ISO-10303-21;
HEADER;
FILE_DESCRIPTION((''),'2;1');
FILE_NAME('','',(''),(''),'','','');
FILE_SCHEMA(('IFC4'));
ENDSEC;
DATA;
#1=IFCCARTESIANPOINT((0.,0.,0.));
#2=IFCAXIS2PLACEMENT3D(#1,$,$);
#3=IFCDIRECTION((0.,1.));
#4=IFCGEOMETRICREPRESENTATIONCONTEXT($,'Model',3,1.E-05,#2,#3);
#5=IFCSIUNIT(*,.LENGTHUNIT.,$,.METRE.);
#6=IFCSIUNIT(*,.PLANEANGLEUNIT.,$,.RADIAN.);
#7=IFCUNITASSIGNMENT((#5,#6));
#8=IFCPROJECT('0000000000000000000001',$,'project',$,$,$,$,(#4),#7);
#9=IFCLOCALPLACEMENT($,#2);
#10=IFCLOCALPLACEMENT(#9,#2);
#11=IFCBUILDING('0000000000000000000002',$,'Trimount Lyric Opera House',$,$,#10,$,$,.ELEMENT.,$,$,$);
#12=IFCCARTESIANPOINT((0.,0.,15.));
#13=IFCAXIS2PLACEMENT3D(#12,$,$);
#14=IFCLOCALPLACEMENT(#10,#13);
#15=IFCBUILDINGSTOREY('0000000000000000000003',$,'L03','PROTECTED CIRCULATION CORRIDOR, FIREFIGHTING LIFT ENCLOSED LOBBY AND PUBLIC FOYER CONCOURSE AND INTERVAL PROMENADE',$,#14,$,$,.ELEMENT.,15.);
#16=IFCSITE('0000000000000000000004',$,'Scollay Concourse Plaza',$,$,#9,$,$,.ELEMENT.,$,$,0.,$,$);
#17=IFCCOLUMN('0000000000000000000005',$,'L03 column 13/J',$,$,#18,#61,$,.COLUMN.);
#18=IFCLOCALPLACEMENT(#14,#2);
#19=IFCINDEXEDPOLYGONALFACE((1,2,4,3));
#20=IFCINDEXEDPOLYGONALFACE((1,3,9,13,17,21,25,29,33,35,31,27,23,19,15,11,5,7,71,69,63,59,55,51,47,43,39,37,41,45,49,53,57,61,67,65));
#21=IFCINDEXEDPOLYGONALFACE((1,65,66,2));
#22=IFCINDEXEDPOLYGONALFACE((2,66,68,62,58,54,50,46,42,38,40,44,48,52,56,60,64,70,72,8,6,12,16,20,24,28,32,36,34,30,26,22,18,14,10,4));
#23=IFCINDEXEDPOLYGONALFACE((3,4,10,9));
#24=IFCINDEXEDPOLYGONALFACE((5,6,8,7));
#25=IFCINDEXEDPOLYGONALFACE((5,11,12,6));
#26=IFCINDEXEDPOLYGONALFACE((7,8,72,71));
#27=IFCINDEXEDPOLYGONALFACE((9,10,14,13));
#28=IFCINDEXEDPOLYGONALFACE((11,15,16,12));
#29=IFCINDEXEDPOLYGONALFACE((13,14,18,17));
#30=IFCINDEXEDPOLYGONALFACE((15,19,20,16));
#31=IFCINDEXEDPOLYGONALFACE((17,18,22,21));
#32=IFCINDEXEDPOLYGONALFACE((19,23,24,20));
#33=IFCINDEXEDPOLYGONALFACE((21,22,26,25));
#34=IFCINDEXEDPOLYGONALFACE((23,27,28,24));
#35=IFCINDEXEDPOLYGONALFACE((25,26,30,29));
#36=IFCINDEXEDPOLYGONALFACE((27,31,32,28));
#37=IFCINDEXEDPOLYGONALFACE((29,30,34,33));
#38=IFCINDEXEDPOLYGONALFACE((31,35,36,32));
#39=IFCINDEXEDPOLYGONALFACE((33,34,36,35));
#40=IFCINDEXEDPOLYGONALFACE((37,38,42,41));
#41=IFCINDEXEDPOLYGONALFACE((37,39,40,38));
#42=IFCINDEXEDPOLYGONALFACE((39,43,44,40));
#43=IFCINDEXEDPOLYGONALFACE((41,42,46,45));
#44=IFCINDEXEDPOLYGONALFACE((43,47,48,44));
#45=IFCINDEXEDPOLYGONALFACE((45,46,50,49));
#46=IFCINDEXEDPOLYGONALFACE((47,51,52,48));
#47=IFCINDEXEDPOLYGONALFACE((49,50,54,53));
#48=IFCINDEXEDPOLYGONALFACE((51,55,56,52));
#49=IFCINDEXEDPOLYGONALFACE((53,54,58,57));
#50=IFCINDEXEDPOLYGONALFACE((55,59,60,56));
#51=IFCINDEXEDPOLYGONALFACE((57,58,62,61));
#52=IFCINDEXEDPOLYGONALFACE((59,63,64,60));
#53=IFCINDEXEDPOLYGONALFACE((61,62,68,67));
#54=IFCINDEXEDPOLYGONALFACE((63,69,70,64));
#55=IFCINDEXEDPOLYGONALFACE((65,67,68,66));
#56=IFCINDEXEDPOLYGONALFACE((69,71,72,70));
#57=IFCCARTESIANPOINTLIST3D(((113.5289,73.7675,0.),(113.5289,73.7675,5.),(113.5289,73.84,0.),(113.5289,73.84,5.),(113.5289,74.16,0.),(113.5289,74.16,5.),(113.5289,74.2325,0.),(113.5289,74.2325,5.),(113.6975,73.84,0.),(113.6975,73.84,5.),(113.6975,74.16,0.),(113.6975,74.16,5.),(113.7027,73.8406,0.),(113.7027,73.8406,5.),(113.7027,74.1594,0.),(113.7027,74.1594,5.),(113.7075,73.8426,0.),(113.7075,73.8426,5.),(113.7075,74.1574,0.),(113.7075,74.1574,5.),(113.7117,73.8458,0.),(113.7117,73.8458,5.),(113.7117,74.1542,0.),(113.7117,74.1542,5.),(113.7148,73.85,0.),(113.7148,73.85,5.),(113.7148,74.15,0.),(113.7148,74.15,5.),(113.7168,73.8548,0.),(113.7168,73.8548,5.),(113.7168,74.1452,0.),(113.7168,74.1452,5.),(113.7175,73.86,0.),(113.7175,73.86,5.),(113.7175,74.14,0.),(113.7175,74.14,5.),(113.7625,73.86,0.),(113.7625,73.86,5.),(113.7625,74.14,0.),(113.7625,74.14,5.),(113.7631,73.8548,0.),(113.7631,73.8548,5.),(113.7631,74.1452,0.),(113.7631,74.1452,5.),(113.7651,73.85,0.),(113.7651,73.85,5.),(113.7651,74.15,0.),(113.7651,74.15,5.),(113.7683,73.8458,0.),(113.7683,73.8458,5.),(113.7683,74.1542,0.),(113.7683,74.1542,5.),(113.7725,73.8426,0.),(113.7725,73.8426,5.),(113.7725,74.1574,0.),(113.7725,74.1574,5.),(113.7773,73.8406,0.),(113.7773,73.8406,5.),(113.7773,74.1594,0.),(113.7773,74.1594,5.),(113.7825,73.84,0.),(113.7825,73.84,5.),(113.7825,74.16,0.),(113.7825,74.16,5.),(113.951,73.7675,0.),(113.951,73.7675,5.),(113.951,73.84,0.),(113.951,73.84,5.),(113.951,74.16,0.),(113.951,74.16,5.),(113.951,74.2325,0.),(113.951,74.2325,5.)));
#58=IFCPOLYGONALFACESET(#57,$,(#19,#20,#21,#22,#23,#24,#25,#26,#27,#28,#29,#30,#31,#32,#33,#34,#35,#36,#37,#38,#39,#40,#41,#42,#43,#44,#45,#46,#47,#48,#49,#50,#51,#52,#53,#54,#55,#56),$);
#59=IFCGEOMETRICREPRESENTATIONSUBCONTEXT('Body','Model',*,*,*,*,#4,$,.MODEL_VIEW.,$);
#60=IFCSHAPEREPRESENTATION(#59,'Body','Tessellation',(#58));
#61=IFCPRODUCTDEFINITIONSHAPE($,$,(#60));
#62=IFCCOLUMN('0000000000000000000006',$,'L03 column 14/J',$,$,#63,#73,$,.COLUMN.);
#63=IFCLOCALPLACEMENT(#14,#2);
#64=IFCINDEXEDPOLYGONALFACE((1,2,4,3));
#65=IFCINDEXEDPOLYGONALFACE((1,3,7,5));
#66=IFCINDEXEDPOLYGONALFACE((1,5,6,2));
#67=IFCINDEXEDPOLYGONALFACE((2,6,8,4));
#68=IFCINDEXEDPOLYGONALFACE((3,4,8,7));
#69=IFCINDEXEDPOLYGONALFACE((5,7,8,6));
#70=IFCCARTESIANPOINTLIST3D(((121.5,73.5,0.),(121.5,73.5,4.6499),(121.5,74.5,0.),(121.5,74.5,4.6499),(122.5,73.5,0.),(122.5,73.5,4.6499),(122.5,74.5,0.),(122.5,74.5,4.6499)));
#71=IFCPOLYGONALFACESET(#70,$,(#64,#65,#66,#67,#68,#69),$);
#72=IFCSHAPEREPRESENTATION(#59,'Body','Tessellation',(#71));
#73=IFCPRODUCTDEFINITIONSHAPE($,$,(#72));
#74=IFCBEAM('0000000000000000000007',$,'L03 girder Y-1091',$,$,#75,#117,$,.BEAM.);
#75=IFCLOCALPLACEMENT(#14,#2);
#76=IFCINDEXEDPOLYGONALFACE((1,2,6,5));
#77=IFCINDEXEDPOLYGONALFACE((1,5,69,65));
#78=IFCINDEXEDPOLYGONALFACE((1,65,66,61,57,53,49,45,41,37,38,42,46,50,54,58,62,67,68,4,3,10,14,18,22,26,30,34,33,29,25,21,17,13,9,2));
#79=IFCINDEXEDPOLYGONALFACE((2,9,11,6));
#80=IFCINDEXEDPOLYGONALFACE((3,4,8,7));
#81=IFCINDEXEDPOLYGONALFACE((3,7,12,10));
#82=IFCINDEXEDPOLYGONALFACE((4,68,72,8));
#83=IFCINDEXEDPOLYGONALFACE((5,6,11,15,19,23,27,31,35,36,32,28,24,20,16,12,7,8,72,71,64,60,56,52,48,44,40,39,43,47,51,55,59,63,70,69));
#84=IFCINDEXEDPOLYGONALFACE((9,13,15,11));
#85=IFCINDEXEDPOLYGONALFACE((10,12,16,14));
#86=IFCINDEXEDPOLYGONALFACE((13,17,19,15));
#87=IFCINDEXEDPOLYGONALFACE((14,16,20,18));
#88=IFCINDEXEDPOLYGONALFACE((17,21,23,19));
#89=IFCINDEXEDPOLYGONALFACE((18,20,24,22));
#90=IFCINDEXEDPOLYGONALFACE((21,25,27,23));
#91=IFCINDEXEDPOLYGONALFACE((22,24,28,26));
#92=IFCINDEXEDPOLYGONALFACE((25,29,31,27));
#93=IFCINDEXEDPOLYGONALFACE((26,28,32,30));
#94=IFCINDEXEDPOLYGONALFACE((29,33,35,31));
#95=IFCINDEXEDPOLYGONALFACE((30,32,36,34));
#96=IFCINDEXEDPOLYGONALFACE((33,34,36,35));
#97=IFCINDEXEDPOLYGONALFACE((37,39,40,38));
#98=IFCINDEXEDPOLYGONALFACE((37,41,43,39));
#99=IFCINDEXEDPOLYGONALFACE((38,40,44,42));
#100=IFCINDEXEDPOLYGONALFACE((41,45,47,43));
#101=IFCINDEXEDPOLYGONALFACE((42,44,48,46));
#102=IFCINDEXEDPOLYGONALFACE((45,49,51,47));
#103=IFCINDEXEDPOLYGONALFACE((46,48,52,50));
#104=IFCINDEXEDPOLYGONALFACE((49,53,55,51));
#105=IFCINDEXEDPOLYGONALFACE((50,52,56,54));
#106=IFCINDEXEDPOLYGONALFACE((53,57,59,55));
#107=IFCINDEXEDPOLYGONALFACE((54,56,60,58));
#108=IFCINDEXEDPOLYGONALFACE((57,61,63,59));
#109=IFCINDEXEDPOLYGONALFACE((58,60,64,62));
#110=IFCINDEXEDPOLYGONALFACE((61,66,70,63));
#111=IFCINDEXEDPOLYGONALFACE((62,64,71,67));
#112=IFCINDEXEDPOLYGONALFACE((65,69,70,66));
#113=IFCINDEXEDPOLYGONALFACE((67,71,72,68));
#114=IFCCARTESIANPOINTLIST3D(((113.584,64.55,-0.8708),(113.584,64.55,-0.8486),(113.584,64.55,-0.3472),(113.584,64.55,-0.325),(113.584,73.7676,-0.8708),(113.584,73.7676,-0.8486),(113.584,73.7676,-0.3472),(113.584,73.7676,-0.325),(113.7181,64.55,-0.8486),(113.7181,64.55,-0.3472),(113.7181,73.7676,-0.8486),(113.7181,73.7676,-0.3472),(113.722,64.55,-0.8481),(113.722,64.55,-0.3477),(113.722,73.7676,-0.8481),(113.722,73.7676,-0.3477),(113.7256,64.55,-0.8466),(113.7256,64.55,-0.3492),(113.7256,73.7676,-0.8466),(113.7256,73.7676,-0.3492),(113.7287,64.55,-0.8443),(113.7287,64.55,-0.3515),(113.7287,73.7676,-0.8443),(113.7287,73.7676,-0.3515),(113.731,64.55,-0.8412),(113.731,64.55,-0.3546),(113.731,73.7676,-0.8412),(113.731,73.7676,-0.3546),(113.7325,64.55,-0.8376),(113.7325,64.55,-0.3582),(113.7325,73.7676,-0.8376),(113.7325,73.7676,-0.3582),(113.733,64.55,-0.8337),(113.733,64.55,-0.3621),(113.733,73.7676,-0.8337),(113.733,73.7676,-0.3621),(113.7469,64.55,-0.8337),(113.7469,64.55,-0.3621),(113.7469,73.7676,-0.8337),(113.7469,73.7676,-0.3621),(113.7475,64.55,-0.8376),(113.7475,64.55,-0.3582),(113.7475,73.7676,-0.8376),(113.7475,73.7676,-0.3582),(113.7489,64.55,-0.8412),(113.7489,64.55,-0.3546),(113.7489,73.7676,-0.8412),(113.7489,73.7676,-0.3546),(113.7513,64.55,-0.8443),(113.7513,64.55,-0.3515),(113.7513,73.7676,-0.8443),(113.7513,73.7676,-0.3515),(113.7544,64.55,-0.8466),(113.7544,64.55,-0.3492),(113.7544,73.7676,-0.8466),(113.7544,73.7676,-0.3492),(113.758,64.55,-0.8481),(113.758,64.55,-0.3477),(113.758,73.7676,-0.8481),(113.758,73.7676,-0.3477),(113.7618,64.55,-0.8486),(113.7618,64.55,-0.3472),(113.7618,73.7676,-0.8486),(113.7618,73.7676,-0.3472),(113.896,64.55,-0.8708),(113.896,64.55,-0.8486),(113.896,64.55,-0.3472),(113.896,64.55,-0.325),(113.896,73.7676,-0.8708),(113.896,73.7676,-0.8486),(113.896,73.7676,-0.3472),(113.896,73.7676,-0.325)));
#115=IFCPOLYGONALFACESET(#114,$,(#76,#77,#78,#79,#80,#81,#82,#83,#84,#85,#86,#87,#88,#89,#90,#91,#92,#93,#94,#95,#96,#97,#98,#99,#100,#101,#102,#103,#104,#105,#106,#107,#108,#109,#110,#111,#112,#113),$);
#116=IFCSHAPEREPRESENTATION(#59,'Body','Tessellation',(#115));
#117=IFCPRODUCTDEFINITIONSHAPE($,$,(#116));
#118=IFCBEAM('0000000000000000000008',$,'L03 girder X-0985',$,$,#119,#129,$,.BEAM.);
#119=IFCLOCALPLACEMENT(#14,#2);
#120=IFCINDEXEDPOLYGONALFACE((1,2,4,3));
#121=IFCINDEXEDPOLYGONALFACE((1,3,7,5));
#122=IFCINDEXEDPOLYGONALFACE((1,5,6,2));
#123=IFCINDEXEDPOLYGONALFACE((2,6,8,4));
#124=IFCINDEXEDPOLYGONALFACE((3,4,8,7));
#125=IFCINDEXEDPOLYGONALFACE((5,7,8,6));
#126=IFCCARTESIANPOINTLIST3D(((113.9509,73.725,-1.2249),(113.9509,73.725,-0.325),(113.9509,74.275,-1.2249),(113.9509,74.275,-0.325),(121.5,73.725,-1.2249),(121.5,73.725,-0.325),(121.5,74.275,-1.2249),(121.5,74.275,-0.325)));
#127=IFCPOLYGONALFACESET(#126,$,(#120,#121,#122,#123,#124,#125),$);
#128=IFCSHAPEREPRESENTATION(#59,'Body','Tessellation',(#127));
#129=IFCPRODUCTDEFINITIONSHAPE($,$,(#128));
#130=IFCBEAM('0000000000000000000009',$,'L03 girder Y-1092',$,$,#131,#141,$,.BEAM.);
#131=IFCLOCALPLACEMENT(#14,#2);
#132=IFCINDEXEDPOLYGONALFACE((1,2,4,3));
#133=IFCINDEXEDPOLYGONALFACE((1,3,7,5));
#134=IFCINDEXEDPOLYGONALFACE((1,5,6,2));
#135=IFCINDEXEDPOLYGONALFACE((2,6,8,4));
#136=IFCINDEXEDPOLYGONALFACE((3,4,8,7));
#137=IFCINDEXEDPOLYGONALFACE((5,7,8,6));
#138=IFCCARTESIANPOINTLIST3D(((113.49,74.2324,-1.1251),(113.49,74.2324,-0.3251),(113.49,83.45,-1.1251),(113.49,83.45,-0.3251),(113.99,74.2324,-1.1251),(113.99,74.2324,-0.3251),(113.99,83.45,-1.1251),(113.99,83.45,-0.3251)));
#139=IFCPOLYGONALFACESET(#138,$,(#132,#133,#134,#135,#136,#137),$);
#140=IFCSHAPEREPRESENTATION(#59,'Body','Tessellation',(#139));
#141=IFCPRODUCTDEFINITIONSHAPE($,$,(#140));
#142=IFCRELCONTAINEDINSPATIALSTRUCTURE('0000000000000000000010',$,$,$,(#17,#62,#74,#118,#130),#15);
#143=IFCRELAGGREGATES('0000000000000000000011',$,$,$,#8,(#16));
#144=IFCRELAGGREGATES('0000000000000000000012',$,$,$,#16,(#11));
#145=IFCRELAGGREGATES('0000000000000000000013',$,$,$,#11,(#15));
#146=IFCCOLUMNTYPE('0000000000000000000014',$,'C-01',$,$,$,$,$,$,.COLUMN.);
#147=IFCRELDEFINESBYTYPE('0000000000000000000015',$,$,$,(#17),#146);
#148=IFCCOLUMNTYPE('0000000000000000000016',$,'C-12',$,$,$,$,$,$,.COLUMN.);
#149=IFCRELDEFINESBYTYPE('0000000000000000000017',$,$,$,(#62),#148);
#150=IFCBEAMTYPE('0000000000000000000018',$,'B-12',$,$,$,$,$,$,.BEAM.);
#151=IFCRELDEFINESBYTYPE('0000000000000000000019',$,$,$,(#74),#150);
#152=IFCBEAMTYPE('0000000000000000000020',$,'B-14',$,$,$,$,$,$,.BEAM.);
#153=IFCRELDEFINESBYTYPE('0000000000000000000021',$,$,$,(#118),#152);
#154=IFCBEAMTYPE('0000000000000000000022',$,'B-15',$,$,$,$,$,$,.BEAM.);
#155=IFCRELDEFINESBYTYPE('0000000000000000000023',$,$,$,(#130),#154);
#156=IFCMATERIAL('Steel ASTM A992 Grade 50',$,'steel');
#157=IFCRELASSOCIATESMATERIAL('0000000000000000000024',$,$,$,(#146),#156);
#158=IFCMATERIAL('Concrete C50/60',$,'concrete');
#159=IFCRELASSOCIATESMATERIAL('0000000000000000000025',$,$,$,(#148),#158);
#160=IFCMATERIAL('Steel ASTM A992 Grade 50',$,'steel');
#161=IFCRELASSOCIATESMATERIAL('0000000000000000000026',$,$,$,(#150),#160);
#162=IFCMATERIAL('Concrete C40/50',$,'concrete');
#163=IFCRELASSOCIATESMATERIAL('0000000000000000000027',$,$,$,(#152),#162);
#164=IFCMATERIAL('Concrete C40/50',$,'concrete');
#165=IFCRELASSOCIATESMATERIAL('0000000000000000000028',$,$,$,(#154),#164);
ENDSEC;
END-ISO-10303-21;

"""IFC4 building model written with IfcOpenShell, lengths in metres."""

from ifc_helpers import new_model, si_unit, direction, frame, origin, origin_2d, place, context, subcontext, project, spatial, rectangle, i_section, extrude, material, material_profile, profile_set, type_object, element, save


model = new_model("IFC4")

# Units and contexts
model_context = context("Model", 3, precision=1e-05, world=origin(), true_north=direction((0.0, 1.0)))
body_context = subcontext(model_context, "Body", "Model", "MODEL_VIEW")
ifc_project = project(units=[si_unit("LENGTHUNIT", "METRE"), si_unit("PLANEANGLEUNIT", "RADIAN")], contexts=[model_context])

# Site, building, storey
site_placement = place(None, origin())
site = spatial("IfcSite", under=ifc_project, at=site_placement, Name="Scollay Concourse Plaza", CompositionType="ELEMENT", RefElevation=0.0)
building_placement = place(site_placement, origin())
building = spatial("IfcBuilding", under=site, at=building_placement, Name="Trimount Lyric Opera House", CompositionType="ELEMENT")
storey_placement = place(building_placement, frame((0.0, 0.0, 15.0)))
storey = spatial("IfcBuildingStorey", under=building, at=storey_placement, Name="L03", Description="PROTECTED CIRCULATION CORRIDOR, FIREFIGHTING LIFT ENCLOSED LOBBY AND PUBLIC FOYER CONCOURSE AND INTERVAL PROMENADE", CompositionType="ELEMENT", Elevation=15.0)

# Columns
ifc_material_1 = material(Name="Steel ASTM A992 Grade 50", Category="steel")
ifc_material_profile_1 = material_profile(ifc_material_1, i_section(OverallWidth=0.4221, OverallDepth=0.4651, WebThickness=0.0449, FlangeThickness=0.0725, FilletRadius=0.02, at=origin_2d()), Name="W14X398")
ifc_profile_set_1 = profile_set([ifc_material_profile_1], Name="Steel ASTM A992 Grade 50")
column_type_1 = type_object("IfcColumnType", Name="C-01", PredefinedType="COLUMN", material=ifc_profile_set_1)
column_1_placement = place(storey_placement, frame((113.74, 74.0, 0.0), z_axis=(0.0, 0.0, 1.0), x_axis=(1.0, 0.0, 0.0)))
element("IfcColumn", 1, at=column_1_placement, inside=storey, type_object=column_type_1, Name="L03 column 13/J", PredefinedType="COLUMN", context=body_context, shape_type="SweptSolid", body=[
    extrude(i_section(OverallWidth=0.4221, OverallDepth=0.4651, WebThickness=0.0449, FlangeThickness=0.0725, FilletRadius=0.02, at=origin_2d()), origin(), (0.0, 0.0, 1.0), 5.0),
])
ifc_material_2 = material(Name="Concrete C50/60", Category="concrete")
ifc_material_profile_2 = material_profile(ifc_material_2, rectangle(XDim=1.0, YDim=1.0, at=origin_2d()), Name="RC1000X1000")
ifc_profile_set_2 = profile_set([ifc_material_profile_2], Name="Concrete C50/60")
column_type_2 = type_object("IfcColumnType", Name="C-12", PredefinedType="COLUMN", material=ifc_profile_set_2)
column_2_placement = place(storey_placement, frame((122.0, 74.0, 0.0), z_axis=(0.0, 0.0, 1.0), x_axis=(1.0, 0.0, 0.0)))
element("IfcColumn", 2, at=column_2_placement, inside=storey, type_object=column_type_2, Name="L03 column 14/J", PredefinedType="COLUMN", context=body_context, shape_type="SweptSolid", body=[
    extrude(rectangle(XDim=1.0, YDim=1.0, at=origin_2d()), origin(), (0.0, 0.0, 1.0), 4.6499),
])

# Beams
ifc_material_3 = material(Name="Steel ASTM A992 Grade 50", Category="steel")
ifc_material_profile_3 = material_profile(ifc_material_3, i_section(OverallWidth=0.312, OverallDepth=0.5459, WebThickness=0.0139, FlangeThickness=0.0222, FilletRadius=0.0149, at=origin_2d()), Name="W21X111")
ifc_profile_set_3 = profile_set([ifc_material_profile_3], Name="Steel ASTM A992 Grade 50")
beam_type_1 = type_object("IfcBeamType", Name="B-12", PredefinedType="BEAM", material=ifc_profile_set_3)
beam_1_placement = place(storey_placement, frame((113.74, 64.55, -0.5979), z_axis=(0.0, 1.0, 0.0), x_axis=(-1.0, 0.0, 0.0)))
element("IfcBeam", 3, at=beam_1_placement, inside=storey, type_object=beam_type_1, Name="L03 girder Y-1091", PredefinedType="BEAM", context=body_context, shape_type="SweptSolid", body=[
    extrude(i_section(OverallWidth=0.312, OverallDepth=0.5459, WebThickness=0.0139, FlangeThickness=0.0222, FilletRadius=0.0149, at=origin_2d()), origin(), (0.0, 0.0, 1.0), 9.2175),
])
ifc_material_4 = material(Name="Concrete C40/50", Category="concrete")
ifc_material_profile_4 = material_profile(ifc_material_4, rectangle(XDim=0.55, YDim=0.8999, at=origin_2d()), Name="RC550X900")
ifc_profile_set_4 = profile_set([ifc_material_profile_4], Name="Concrete C40/50")
beam_type_2 = type_object("IfcBeamType", Name="B-14", PredefinedType="BEAM", material=ifc_profile_set_4)
beam_2_placement = place(storey_placement, frame((113.9509, 74.0, -0.7749), z_axis=(1.0, 0.0, 0.0), x_axis=(0.0, 1.0, 0.0)))
element("IfcBeam", 4, at=beam_2_placement, inside=storey, type_object=beam_type_2, Name="L03 girder X-0985", PredefinedType="BEAM", context=body_context, shape_type="SweptSolid", body=[
    extrude(rectangle(XDim=0.55, YDim=0.8999, at=origin_2d()), origin(), (0.0, 0.0, 1.0), 7.5491),
])
ifc_material_5 = material(Name="Concrete C40/50", Category="concrete")
ifc_material_profile_5 = material_profile(ifc_material_5, rectangle(XDim=0.5, YDim=0.8, at=origin_2d()), Name="RC500X800")
ifc_profile_set_5 = profile_set([ifc_material_profile_5], Name="Concrete C40/50")
beam_type_3 = type_object("IfcBeamType", Name="B-15", PredefinedType="BEAM", material=ifc_profile_set_5)
beam_3_placement = place(storey_placement, frame((113.74, 74.2324, -0.7251), z_axis=(0.0, 1.0, 0.0), x_axis=(-1.0, 0.0, 0.0)))
element("IfcBeam", 5, at=beam_3_placement, inside=storey, type_object=beam_type_3, Name="L03 girder Y-1092", PredefinedType="BEAM", context=body_context, shape_type="SweptSolid", body=[
    extrude(rectangle(XDim=0.5, YDim=0.8, at=origin_2d()), origin(), (0.0, 0.0, 1.0), 9.2175),
])

save(model, "model.ifc")
